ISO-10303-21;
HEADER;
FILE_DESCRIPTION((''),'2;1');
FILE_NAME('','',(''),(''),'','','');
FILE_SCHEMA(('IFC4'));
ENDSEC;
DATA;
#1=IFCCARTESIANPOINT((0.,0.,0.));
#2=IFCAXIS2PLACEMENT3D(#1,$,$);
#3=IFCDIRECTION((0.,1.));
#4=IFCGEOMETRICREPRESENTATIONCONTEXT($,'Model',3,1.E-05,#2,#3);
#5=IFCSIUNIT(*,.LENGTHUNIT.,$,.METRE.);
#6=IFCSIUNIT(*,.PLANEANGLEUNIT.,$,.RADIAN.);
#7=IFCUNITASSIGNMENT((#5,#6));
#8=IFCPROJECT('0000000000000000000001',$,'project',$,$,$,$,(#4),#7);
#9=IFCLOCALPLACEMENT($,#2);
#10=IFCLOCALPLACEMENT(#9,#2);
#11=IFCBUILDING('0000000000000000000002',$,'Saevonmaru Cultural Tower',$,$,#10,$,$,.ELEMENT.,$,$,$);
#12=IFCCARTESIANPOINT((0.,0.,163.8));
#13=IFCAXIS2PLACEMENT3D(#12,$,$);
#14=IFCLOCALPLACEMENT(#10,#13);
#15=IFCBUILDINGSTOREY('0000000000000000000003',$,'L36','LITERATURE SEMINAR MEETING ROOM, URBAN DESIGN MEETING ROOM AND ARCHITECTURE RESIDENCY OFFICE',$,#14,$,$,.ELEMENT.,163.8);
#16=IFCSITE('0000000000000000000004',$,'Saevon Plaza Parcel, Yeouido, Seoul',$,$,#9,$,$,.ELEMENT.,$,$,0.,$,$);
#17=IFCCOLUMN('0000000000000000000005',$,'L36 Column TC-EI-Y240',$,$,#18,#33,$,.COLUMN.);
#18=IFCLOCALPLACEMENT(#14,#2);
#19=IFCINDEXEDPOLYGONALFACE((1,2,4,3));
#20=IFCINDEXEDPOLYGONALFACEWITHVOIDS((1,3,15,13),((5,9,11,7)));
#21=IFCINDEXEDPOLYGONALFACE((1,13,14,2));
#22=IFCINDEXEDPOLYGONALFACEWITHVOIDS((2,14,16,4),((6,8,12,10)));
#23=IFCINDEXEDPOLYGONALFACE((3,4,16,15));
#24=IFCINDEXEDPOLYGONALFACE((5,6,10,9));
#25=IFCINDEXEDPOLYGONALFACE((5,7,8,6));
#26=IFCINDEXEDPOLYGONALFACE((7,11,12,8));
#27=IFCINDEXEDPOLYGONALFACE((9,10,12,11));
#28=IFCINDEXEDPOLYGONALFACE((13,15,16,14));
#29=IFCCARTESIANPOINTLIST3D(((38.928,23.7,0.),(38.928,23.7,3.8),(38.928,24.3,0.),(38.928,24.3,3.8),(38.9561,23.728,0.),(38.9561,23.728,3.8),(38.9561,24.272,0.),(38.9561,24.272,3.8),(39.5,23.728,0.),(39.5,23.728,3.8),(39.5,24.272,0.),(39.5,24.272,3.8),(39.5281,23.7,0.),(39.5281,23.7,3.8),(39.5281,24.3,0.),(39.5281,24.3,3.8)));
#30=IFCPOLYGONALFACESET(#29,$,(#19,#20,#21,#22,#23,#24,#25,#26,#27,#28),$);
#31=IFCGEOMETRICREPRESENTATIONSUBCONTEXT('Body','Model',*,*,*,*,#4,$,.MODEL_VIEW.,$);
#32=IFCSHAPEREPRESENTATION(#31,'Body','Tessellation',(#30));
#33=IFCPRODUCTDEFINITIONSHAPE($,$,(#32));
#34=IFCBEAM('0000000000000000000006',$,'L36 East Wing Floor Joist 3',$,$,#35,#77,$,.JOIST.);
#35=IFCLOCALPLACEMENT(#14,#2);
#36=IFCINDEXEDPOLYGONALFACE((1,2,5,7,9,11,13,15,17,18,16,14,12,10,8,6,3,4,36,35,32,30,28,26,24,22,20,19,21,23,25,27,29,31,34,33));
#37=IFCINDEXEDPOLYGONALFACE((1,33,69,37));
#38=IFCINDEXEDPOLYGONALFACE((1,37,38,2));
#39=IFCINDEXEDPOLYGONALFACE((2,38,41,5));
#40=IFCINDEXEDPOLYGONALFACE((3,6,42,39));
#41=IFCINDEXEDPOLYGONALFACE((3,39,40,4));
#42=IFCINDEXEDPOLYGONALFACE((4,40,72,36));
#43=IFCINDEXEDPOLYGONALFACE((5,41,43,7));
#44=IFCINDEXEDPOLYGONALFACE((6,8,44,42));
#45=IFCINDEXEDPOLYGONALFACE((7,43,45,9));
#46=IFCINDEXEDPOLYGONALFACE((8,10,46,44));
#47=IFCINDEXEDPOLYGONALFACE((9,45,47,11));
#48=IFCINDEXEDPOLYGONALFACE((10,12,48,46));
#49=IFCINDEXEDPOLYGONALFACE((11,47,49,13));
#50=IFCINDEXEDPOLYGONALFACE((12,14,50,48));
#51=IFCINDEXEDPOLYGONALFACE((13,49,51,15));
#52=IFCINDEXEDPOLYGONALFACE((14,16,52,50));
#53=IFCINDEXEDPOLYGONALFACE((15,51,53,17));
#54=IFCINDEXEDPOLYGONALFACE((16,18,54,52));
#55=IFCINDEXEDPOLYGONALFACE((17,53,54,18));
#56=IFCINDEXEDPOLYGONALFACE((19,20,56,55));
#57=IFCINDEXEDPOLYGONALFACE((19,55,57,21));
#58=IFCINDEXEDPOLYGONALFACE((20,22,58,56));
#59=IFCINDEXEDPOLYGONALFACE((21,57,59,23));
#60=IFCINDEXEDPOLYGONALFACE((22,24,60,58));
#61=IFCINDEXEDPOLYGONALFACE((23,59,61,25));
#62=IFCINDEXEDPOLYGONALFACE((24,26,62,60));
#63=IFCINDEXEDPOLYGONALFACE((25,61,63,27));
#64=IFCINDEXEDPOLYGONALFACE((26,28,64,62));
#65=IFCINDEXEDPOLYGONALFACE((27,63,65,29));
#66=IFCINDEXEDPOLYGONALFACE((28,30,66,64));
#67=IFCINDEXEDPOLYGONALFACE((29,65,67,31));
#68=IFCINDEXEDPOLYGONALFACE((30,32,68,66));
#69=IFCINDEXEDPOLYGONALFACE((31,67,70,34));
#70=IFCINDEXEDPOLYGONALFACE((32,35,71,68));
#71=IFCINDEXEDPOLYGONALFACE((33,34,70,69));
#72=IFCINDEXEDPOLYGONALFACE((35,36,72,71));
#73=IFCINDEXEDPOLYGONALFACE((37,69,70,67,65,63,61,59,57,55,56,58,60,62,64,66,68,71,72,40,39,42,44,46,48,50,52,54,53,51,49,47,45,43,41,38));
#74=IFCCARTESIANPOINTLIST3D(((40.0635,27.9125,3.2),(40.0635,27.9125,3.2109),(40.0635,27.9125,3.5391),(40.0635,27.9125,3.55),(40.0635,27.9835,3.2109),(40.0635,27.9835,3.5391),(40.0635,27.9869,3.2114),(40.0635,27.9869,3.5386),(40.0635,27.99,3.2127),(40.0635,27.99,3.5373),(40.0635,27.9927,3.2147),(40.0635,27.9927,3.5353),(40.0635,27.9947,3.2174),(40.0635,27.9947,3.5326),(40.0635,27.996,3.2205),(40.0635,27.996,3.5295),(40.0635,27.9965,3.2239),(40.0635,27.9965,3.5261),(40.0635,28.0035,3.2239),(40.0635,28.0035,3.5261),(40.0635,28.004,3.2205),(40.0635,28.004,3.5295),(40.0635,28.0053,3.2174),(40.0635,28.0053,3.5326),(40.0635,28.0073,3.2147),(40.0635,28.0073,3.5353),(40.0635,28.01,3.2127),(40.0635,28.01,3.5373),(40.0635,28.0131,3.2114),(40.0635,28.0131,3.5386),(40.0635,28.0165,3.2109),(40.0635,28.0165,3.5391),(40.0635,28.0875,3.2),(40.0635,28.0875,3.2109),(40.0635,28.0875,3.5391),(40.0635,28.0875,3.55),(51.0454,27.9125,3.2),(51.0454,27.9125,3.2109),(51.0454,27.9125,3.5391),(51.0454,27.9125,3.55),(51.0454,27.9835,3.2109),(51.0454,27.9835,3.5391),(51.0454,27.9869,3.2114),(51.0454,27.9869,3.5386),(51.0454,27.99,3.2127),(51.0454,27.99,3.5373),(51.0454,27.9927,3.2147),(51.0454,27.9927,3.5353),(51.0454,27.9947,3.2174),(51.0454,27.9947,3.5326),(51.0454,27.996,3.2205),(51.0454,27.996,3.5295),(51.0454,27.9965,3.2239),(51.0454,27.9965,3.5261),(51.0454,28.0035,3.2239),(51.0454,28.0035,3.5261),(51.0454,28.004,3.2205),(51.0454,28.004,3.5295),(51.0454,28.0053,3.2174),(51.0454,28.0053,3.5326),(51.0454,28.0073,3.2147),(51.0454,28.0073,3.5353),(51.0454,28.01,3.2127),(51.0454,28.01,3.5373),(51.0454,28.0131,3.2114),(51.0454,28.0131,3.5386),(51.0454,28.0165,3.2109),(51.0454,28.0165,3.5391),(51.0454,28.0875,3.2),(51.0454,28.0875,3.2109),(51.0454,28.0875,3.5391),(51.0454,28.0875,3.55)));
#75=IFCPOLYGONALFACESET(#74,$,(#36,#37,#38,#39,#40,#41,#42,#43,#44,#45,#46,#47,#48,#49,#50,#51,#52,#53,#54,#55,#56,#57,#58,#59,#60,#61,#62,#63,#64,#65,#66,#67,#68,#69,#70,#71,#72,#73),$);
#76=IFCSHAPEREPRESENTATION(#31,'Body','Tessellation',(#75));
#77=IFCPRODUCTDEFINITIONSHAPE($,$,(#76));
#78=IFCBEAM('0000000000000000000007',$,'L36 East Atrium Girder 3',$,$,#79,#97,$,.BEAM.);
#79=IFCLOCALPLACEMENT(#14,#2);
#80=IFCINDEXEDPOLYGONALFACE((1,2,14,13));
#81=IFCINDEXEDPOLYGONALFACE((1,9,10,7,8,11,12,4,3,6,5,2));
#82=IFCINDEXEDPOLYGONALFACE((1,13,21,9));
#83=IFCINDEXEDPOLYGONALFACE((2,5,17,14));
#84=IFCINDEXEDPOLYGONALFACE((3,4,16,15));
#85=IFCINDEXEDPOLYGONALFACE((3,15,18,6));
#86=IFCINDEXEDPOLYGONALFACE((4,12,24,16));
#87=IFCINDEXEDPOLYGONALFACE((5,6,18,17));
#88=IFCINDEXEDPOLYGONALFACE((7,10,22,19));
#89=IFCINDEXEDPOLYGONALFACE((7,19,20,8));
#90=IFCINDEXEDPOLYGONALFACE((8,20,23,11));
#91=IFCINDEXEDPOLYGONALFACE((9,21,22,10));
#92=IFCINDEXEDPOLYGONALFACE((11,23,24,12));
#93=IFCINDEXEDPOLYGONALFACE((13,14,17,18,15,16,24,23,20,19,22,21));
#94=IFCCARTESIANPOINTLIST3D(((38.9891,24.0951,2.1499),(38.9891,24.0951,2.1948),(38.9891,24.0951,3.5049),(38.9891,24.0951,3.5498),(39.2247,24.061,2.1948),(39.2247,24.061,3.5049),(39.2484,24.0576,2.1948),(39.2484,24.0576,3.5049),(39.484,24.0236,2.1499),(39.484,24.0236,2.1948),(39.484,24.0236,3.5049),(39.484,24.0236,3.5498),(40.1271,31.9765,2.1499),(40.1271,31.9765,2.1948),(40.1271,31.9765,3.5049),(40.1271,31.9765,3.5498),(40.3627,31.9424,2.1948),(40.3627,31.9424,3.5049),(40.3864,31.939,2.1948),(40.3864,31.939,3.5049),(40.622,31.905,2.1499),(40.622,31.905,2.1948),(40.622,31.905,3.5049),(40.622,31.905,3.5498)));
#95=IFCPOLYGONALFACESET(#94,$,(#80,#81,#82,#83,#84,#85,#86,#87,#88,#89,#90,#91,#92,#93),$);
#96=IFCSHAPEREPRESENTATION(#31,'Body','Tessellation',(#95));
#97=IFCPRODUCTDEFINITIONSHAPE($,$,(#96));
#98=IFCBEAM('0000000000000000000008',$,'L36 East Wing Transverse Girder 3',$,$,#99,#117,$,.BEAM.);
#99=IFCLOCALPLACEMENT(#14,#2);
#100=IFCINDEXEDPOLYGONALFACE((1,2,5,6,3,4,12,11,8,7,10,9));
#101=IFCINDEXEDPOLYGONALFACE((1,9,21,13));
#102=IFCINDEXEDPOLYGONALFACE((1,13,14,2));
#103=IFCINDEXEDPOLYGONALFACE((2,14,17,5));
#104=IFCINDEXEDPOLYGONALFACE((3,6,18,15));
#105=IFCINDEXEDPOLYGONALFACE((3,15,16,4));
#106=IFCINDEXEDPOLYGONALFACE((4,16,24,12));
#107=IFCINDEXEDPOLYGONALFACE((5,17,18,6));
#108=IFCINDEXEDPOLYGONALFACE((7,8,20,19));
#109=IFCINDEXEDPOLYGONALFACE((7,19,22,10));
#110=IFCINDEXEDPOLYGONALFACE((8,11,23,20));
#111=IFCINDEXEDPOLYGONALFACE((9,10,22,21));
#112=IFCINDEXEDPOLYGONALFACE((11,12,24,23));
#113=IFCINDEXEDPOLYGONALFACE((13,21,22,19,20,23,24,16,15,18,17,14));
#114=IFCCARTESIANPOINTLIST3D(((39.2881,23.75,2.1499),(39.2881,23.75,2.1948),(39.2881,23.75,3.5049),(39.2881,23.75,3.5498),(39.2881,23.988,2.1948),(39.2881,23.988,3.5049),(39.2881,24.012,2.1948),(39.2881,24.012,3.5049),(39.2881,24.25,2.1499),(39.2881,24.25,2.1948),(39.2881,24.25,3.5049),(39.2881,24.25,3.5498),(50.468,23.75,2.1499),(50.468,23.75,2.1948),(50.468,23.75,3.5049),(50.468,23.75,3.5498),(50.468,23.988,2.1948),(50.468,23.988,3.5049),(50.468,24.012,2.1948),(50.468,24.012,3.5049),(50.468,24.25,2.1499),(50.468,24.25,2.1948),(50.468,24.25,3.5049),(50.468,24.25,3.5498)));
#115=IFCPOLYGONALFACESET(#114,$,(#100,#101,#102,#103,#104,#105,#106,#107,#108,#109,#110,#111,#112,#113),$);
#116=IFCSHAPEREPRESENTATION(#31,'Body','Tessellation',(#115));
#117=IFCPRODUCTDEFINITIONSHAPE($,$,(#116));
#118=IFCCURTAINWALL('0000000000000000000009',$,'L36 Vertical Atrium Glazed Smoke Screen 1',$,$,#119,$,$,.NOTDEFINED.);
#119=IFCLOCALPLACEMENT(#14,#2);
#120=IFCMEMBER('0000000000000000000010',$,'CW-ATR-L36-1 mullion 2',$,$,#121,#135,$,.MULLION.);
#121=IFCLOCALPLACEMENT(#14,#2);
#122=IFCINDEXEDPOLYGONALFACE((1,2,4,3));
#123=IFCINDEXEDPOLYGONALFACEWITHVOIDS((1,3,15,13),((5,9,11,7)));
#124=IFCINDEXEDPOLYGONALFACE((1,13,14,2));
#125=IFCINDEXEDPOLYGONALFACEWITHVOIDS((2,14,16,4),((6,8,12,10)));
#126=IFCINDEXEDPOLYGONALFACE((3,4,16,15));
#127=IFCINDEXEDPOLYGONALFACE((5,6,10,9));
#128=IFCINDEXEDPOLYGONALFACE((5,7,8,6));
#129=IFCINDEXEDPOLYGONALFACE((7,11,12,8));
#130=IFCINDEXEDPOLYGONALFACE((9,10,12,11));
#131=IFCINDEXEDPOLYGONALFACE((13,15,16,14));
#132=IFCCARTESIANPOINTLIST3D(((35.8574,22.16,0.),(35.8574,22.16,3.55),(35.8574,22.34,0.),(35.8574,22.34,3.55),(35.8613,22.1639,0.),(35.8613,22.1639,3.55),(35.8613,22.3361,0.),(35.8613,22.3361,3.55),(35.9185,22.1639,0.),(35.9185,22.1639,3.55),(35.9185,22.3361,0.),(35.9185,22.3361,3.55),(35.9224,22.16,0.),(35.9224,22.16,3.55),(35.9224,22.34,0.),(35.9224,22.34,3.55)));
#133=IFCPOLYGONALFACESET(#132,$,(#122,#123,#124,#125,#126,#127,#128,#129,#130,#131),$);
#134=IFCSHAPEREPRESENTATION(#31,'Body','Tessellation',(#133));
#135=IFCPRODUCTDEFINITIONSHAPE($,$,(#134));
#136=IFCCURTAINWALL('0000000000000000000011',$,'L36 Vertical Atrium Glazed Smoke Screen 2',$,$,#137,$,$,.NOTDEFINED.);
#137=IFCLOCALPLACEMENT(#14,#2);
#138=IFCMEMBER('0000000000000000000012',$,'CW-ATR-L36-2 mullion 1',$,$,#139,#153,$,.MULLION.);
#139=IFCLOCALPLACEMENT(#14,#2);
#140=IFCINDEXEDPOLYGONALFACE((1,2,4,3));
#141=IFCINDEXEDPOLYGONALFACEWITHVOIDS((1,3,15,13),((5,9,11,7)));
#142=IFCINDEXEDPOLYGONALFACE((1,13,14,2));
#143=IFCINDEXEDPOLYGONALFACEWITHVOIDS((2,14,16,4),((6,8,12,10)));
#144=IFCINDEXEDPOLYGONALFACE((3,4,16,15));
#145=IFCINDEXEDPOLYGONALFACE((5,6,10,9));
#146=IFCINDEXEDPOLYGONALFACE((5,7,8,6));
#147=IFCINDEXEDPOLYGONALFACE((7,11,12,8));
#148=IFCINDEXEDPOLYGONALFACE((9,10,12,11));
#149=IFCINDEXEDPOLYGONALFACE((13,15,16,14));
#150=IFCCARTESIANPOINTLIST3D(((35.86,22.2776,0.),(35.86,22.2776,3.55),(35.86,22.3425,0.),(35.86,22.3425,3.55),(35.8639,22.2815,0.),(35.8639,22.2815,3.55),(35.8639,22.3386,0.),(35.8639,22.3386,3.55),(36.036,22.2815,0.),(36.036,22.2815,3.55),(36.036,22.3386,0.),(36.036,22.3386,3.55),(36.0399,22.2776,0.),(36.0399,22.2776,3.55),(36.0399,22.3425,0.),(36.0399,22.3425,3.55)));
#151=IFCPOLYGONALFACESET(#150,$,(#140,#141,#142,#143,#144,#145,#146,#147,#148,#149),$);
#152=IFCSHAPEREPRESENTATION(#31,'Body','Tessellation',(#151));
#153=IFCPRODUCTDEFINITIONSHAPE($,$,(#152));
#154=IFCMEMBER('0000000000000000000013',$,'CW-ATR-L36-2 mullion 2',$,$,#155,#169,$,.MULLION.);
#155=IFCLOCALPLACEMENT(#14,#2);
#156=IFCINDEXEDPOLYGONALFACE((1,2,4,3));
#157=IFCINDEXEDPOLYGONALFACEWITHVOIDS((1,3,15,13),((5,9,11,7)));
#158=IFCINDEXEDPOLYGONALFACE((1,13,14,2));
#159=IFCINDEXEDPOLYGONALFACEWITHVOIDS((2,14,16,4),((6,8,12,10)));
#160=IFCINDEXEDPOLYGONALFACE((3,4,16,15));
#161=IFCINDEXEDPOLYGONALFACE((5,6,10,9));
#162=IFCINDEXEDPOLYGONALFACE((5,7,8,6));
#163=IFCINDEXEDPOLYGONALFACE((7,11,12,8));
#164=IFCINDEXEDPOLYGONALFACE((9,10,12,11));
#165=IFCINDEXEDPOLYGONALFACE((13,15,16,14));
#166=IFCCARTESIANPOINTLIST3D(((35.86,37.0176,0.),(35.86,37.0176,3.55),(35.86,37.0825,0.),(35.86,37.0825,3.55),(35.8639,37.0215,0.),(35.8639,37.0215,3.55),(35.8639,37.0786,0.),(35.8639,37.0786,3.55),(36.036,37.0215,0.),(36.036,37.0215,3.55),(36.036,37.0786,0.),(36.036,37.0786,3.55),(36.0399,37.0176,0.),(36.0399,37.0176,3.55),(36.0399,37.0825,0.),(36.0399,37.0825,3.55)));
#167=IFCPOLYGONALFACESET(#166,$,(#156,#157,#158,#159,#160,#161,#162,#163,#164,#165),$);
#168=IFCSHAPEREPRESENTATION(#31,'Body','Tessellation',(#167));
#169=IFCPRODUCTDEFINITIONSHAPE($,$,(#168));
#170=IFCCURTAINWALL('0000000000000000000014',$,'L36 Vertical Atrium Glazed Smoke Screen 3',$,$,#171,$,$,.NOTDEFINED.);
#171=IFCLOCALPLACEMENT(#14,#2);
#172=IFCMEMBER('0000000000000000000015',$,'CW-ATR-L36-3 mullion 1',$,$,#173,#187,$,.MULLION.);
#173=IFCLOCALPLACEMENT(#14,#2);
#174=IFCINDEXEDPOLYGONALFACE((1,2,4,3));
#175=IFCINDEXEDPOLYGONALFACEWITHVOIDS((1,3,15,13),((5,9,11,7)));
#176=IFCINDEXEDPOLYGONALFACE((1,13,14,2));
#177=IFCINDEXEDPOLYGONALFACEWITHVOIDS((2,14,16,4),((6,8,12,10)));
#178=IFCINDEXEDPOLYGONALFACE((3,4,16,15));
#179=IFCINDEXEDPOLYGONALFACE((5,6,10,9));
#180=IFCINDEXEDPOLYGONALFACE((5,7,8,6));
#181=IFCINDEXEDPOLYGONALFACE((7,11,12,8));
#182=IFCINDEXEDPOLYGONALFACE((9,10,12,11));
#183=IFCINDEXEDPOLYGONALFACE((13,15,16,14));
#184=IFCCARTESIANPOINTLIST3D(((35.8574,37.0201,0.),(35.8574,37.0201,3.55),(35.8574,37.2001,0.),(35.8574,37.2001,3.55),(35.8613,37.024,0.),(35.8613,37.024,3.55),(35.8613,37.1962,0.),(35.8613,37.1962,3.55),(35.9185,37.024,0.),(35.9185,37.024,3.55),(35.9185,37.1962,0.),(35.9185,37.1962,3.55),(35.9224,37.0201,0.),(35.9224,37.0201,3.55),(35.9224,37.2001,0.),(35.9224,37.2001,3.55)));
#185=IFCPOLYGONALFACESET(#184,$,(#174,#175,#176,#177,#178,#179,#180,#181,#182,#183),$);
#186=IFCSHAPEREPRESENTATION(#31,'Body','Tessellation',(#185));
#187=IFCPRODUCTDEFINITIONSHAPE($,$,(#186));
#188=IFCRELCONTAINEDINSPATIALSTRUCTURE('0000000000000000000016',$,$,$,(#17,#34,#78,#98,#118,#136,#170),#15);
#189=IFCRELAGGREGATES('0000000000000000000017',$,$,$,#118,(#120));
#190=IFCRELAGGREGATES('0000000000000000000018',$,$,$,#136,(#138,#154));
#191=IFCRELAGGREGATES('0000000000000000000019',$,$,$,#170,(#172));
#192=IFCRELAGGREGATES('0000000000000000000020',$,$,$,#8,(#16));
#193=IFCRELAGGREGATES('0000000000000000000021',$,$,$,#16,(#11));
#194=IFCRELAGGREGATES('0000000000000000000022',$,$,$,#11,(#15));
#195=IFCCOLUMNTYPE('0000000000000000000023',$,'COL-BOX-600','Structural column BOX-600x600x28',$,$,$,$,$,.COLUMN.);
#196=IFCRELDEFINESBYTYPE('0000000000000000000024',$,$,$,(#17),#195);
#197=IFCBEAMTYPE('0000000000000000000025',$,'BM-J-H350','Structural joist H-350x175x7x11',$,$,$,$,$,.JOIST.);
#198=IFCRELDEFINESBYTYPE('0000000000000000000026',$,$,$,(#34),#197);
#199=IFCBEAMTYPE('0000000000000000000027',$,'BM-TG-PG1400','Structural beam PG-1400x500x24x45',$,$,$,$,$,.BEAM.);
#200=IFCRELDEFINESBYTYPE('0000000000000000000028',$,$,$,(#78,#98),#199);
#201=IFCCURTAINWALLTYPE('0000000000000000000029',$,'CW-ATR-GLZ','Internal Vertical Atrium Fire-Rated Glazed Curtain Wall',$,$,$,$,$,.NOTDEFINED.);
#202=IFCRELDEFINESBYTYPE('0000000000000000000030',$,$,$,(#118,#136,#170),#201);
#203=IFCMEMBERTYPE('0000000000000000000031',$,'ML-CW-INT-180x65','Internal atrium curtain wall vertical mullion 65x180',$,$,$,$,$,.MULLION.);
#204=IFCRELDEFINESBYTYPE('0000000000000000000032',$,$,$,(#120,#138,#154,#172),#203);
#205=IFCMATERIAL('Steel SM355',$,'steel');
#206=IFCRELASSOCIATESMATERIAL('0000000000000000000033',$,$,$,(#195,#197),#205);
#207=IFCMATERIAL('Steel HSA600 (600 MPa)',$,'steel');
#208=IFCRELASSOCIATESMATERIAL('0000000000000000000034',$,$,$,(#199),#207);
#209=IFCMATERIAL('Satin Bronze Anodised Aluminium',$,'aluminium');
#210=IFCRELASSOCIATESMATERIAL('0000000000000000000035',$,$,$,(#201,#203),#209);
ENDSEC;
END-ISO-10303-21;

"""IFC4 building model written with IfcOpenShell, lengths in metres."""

from ifc_helpers import new_model, si_unit, direction, frame, origin, origin_2d, place, context, subcontext, project, spatial, hollow_rectangle, i_section, extrude, material, material_profile, profile_set, type_object, element, aggregate, save


model = new_model("IFC4")

# Units and contexts
model_context = context("Model", 3, precision=1e-05, world=origin(), true_north=direction((0.0, 1.0)))
body_context = subcontext(model_context, "Body", "Model", "MODEL_VIEW")
ifc_project = project(units=[si_unit("LENGTHUNIT", "METRE"), si_unit("PLANEANGLEUNIT", "RADIAN")], contexts=[model_context])

# Site, building, storey
site_placement = place(None, origin())
site = spatial("IfcSite", under=ifc_project, at=site_placement, Name="Saevon Plaza Parcel, Yeouido, Seoul", CompositionType="ELEMENT", RefElevation=0.0)
building_placement = place(site_placement, origin())
building = spatial("IfcBuilding", under=site, at=building_placement, Name="Saevonmaru Cultural Tower", CompositionType="ELEMENT")
storey_placement = place(building_placement, frame((0.0, 0.0, 163.8)))
storey = spatial("IfcBuildingStorey", under=building, at=storey_placement, Name="L36", Description="LITERATURE SEMINAR MEETING ROOM, URBAN DESIGN MEETING ROOM AND ARCHITECTURE RESIDENCY OFFICE", CompositionType="ELEMENT", Elevation=163.8)

# Column
ifc_material_1 = material(Name="Steel SM355", Category="steel")
ifc_material_profile_1 = material_profile(ifc_material_1, hollow_rectangle(XDim=0.6001, YDim=0.6001, WallThickness=0.0281, at=origin_2d()), Name="BOX-600x600x28")
ifc_profile_set_1 = profile_set([ifc_material_profile_1], Name="Steel SM355")
column_type = type_object("IfcColumnType", Name="COL-BOX-600", Description="Structural column BOX-600x600x28", PredefinedType="COLUMN", material=ifc_profile_set_1)
column_placement = place(storey_placement, frame((39.228, 24.0, 0.0), z_axis=(0.0, 0.0, 1.0), x_axis=(1.0, 0.0, 0.0)))
element("IfcColumn", 1, at=column_placement, inside=storey, type_object=column_type, Name="L36 Column TC-EI-Y240", PredefinedType="COLUMN", context=body_context, shape_type="SweptSolid", body=[
    extrude(hollow_rectangle(XDim=0.6001, YDim=0.6001, WallThickness=0.0281, at=origin_2d()), origin(), (0.0, 0.0, 1.0), 3.8),
])

# Beams
ifc_material_profile_2 = material_profile(ifc_material_1, i_section(OverallWidth=0.175, OverallDepth=0.3501, WebThickness=0.0071, FlangeThickness=0.011, FilletRadius=0.0129, at=origin_2d()), Name="H-350x175x7x11")
ifc_profile_set_2 = profile_set([ifc_material_profile_2], Name="Steel SM355")
beam_type_1 = type_object("IfcBeamType", Name="BM-J-H350", Description="Structural joist H-350x175x7x11", PredefinedType="JOIST", material=ifc_profile_set_2)
beam_1_placement = place(storey_placement, frame((40.0635, 28.0, 3.375), z_axis=(1.0, 0.0, 0.0), x_axis=(0.0, 1.0, 0.0)))
element("IfcBeam", 2, at=beam_1_placement, inside=storey, type_object=beam_type_1, Name="L36 East Wing Floor Joist 3", PredefinedType="JOIST", context=body_context, shape_type="SweptSolid", body=[
    extrude(i_section(OverallWidth=0.175, OverallDepth=0.3501, WebThickness=0.0071, FlangeThickness=0.011, FilletRadius=0.0129, at=origin_2d()), origin(), (0.0, 0.0, 1.0), 10.9819),
])
ifc_material_2 = material(Name="Steel HSA600 (600 MPa)", Category="steel")
ifc_material_profile_3 = material_profile(ifc_material_2, i_section(OverallWidth=0.5, OverallDepth=1.3999, WebThickness=0.0239, FlangeThickness=0.0449, at=origin_2d()), Name="PG-1400x500x24x45")
ifc_profile_set_3 = profile_set([ifc_material_profile_3], Name="Steel HSA600 (600 MPa)")
beam_type_2 = type_object("IfcBeamType", Name="BM-TG-PG1400", Description="Structural beam PG-1400x500x24x45", PredefinedType="BEAM", material=ifc_profile_set_3)
beam_2_placement = place(storey_placement, frame((39.2366, 24.0593, 2.8499), z_axis=(0.142902, 0.989737, 0.0), x_axis=(-0.989737, 0.142902, 0.0)))
element("IfcBeam", 3, at=beam_2_placement, inside=storey, type_object=beam_type_2, Name="L36 East Atrium Girder 3", PredefinedType="BEAM", context=body_context, shape_type="SweptSolid", body=[
    extrude(i_section(OverallWidth=0.5, OverallDepth=1.3999, WebThickness=0.0239, FlangeThickness=0.0449, at=origin_2d()), origin(), (0.0, 0.0, 1.0), 7.9631),
])
beam_3_placement = place(storey_placement, frame((39.2881, 24.0, 2.8499), z_axis=(1.0, 0.0, 0.0), x_axis=(0.0, 1.0, 0.0)))
element("IfcBeam", 4, at=beam_3_placement, inside=storey, type_object=beam_type_2, Name="L36 East Wing Transverse Girder 3", PredefinedType="BEAM", context=body_context, shape_type="SweptSolid", body=[
    extrude(i_section(OverallWidth=0.5, OverallDepth=1.3999, WebThickness=0.0239, FlangeThickness=0.0449, at=origin_2d()), origin(), (0.0, 0.0, 1.0), 11.1799),
])

# Curtain wall, member
ifc_material_3 = material(Name="Satin Bronze Anodised Aluminium", Category="aluminium")
curtain_wall_type = type_object("IfcCurtainWallType", Name="CW-ATR-GLZ", Description="Internal Vertical Atrium Fire-Rated Glazed Curtain Wall", PredefinedType="NOTDEFINED", material=ifc_material_3)
curtain_wall_1_placement = place(storey_placement, origin())
curtain_wall_1 = element("IfcCurtainWall", 5, at=curtain_wall_1_placement, inside=storey, type_object=curtain_wall_type, Name="L36 Vertical Atrium Glazed Smoke Screen 1", PredefinedType="NOTDEFINED")
ifc_material_profile_4 = material_profile(ifc_material_3, hollow_rectangle(XDim=0.0649, YDim=0.1799, WallThickness=0.0039, at=origin_2d()), Name="ALU-MULL-180x65x4")
ifc_profile_set_4 = profile_set([ifc_material_profile_4], Name="Satin Bronze Anodised Aluminium")
member_type_1 = type_object("IfcMemberType", Name="ML-CW-INT-180x65", Description="Internal atrium curtain wall vertical mullion 65x180", PredefinedType="MULLION", material=ifc_profile_set_4)
member_1_placement = place(storey_placement, frame((35.8899, 22.25, 0.0), z_axis=(0.0, 0.0, 1.0), x_axis=(1.0, 0.0, 0.0)))
member_1 = element("IfcMember", 6, at=member_1_placement, type_object=member_type_1, Name="CW-ATR-L36-1 mullion 2", PredefinedType="MULLION", context=body_context, shape_type="SweptSolid", body=[
    extrude(hollow_rectangle(XDim=0.0649, YDim=0.1799, WallThickness=0.0039, at=origin_2d()), origin(), (0.0, 0.0, 1.0), 3.55),
])

# Curtain walls, members
curtain_wall_2_placement = place(storey_placement, origin())
curtain_wall_2 = element("IfcCurtainWall", 7, at=curtain_wall_2_placement, inside=storey, type_object=curtain_wall_type, Name="L36 Vertical Atrium Glazed Smoke Screen 2", PredefinedType="NOTDEFINED")
member_2_placement = place(storey_placement, frame((35.95, 22.3101, 0.0), z_axis=(0.0, 0.0, 1.0), x_axis=(0.0, 1.0, 0.0)))
member_2 = element("IfcMember", 8, at=member_2_placement, type_object=member_type_1, Name="CW-ATR-L36-2 mullion 1", PredefinedType="MULLION", context=body_context, shape_type="SweptSolid", body=[
    extrude(hollow_rectangle(XDim=0.0649, YDim=0.1799, WallThickness=0.0039, at=origin_2d()), origin(), (0.0, 0.0, 1.0), 3.55),
])
member_3_placement = place(storey_placement, frame((35.95, 37.05, 0.0), z_axis=(0.0, 0.0, 1.0), x_axis=(0.0, 1.0, 0.0)))
member_3 = element("IfcMember", 9, at=member_3_placement, type_object=member_type_1, Name="CW-ATR-L36-2 mullion 2", PredefinedType="MULLION", context=body_context, shape_type="SweptSolid", body=[
    extrude(hollow_rectangle(XDim=0.0649, YDim=0.1799, WallThickness=0.0039, at=origin_2d()), origin(), (0.0, 0.0, 1.0), 3.55),
])
curtain_wall_3_placement = place(storey_placement, origin())
curtain_wall_3 = element("IfcCurtainWall", 10, at=curtain_wall_3_placement, inside=storey, type_object=curtain_wall_type, Name="L36 Vertical Atrium Glazed Smoke Screen 3", PredefinedType="NOTDEFINED")
member_4_placement = place(storey_placement, frame((35.8899, 37.1101, 0.0), z_axis=(0.0, 0.0, 1.0), x_axis=(-1.0, 0.0, 0.0)))
member_4 = element("IfcMember", 11, at=member_4_placement, type_object=member_type_1, Name="CW-ATR-L36-3 mullion 1", PredefinedType="MULLION", context=body_context, shape_type="SweptSolid", body=[
    extrude(hollow_rectangle(XDim=0.0649, YDim=0.1799, WallThickness=0.0039, at=origin_2d()), origin(), (0.0, 0.0, 1.0), 3.55),
])

aggregate(curtain_wall_1, [member_1])
aggregate(curtain_wall_2, [member_2, member_3])
aggregate(curtain_wall_3, [member_4])

save(model, "model.ifc")
